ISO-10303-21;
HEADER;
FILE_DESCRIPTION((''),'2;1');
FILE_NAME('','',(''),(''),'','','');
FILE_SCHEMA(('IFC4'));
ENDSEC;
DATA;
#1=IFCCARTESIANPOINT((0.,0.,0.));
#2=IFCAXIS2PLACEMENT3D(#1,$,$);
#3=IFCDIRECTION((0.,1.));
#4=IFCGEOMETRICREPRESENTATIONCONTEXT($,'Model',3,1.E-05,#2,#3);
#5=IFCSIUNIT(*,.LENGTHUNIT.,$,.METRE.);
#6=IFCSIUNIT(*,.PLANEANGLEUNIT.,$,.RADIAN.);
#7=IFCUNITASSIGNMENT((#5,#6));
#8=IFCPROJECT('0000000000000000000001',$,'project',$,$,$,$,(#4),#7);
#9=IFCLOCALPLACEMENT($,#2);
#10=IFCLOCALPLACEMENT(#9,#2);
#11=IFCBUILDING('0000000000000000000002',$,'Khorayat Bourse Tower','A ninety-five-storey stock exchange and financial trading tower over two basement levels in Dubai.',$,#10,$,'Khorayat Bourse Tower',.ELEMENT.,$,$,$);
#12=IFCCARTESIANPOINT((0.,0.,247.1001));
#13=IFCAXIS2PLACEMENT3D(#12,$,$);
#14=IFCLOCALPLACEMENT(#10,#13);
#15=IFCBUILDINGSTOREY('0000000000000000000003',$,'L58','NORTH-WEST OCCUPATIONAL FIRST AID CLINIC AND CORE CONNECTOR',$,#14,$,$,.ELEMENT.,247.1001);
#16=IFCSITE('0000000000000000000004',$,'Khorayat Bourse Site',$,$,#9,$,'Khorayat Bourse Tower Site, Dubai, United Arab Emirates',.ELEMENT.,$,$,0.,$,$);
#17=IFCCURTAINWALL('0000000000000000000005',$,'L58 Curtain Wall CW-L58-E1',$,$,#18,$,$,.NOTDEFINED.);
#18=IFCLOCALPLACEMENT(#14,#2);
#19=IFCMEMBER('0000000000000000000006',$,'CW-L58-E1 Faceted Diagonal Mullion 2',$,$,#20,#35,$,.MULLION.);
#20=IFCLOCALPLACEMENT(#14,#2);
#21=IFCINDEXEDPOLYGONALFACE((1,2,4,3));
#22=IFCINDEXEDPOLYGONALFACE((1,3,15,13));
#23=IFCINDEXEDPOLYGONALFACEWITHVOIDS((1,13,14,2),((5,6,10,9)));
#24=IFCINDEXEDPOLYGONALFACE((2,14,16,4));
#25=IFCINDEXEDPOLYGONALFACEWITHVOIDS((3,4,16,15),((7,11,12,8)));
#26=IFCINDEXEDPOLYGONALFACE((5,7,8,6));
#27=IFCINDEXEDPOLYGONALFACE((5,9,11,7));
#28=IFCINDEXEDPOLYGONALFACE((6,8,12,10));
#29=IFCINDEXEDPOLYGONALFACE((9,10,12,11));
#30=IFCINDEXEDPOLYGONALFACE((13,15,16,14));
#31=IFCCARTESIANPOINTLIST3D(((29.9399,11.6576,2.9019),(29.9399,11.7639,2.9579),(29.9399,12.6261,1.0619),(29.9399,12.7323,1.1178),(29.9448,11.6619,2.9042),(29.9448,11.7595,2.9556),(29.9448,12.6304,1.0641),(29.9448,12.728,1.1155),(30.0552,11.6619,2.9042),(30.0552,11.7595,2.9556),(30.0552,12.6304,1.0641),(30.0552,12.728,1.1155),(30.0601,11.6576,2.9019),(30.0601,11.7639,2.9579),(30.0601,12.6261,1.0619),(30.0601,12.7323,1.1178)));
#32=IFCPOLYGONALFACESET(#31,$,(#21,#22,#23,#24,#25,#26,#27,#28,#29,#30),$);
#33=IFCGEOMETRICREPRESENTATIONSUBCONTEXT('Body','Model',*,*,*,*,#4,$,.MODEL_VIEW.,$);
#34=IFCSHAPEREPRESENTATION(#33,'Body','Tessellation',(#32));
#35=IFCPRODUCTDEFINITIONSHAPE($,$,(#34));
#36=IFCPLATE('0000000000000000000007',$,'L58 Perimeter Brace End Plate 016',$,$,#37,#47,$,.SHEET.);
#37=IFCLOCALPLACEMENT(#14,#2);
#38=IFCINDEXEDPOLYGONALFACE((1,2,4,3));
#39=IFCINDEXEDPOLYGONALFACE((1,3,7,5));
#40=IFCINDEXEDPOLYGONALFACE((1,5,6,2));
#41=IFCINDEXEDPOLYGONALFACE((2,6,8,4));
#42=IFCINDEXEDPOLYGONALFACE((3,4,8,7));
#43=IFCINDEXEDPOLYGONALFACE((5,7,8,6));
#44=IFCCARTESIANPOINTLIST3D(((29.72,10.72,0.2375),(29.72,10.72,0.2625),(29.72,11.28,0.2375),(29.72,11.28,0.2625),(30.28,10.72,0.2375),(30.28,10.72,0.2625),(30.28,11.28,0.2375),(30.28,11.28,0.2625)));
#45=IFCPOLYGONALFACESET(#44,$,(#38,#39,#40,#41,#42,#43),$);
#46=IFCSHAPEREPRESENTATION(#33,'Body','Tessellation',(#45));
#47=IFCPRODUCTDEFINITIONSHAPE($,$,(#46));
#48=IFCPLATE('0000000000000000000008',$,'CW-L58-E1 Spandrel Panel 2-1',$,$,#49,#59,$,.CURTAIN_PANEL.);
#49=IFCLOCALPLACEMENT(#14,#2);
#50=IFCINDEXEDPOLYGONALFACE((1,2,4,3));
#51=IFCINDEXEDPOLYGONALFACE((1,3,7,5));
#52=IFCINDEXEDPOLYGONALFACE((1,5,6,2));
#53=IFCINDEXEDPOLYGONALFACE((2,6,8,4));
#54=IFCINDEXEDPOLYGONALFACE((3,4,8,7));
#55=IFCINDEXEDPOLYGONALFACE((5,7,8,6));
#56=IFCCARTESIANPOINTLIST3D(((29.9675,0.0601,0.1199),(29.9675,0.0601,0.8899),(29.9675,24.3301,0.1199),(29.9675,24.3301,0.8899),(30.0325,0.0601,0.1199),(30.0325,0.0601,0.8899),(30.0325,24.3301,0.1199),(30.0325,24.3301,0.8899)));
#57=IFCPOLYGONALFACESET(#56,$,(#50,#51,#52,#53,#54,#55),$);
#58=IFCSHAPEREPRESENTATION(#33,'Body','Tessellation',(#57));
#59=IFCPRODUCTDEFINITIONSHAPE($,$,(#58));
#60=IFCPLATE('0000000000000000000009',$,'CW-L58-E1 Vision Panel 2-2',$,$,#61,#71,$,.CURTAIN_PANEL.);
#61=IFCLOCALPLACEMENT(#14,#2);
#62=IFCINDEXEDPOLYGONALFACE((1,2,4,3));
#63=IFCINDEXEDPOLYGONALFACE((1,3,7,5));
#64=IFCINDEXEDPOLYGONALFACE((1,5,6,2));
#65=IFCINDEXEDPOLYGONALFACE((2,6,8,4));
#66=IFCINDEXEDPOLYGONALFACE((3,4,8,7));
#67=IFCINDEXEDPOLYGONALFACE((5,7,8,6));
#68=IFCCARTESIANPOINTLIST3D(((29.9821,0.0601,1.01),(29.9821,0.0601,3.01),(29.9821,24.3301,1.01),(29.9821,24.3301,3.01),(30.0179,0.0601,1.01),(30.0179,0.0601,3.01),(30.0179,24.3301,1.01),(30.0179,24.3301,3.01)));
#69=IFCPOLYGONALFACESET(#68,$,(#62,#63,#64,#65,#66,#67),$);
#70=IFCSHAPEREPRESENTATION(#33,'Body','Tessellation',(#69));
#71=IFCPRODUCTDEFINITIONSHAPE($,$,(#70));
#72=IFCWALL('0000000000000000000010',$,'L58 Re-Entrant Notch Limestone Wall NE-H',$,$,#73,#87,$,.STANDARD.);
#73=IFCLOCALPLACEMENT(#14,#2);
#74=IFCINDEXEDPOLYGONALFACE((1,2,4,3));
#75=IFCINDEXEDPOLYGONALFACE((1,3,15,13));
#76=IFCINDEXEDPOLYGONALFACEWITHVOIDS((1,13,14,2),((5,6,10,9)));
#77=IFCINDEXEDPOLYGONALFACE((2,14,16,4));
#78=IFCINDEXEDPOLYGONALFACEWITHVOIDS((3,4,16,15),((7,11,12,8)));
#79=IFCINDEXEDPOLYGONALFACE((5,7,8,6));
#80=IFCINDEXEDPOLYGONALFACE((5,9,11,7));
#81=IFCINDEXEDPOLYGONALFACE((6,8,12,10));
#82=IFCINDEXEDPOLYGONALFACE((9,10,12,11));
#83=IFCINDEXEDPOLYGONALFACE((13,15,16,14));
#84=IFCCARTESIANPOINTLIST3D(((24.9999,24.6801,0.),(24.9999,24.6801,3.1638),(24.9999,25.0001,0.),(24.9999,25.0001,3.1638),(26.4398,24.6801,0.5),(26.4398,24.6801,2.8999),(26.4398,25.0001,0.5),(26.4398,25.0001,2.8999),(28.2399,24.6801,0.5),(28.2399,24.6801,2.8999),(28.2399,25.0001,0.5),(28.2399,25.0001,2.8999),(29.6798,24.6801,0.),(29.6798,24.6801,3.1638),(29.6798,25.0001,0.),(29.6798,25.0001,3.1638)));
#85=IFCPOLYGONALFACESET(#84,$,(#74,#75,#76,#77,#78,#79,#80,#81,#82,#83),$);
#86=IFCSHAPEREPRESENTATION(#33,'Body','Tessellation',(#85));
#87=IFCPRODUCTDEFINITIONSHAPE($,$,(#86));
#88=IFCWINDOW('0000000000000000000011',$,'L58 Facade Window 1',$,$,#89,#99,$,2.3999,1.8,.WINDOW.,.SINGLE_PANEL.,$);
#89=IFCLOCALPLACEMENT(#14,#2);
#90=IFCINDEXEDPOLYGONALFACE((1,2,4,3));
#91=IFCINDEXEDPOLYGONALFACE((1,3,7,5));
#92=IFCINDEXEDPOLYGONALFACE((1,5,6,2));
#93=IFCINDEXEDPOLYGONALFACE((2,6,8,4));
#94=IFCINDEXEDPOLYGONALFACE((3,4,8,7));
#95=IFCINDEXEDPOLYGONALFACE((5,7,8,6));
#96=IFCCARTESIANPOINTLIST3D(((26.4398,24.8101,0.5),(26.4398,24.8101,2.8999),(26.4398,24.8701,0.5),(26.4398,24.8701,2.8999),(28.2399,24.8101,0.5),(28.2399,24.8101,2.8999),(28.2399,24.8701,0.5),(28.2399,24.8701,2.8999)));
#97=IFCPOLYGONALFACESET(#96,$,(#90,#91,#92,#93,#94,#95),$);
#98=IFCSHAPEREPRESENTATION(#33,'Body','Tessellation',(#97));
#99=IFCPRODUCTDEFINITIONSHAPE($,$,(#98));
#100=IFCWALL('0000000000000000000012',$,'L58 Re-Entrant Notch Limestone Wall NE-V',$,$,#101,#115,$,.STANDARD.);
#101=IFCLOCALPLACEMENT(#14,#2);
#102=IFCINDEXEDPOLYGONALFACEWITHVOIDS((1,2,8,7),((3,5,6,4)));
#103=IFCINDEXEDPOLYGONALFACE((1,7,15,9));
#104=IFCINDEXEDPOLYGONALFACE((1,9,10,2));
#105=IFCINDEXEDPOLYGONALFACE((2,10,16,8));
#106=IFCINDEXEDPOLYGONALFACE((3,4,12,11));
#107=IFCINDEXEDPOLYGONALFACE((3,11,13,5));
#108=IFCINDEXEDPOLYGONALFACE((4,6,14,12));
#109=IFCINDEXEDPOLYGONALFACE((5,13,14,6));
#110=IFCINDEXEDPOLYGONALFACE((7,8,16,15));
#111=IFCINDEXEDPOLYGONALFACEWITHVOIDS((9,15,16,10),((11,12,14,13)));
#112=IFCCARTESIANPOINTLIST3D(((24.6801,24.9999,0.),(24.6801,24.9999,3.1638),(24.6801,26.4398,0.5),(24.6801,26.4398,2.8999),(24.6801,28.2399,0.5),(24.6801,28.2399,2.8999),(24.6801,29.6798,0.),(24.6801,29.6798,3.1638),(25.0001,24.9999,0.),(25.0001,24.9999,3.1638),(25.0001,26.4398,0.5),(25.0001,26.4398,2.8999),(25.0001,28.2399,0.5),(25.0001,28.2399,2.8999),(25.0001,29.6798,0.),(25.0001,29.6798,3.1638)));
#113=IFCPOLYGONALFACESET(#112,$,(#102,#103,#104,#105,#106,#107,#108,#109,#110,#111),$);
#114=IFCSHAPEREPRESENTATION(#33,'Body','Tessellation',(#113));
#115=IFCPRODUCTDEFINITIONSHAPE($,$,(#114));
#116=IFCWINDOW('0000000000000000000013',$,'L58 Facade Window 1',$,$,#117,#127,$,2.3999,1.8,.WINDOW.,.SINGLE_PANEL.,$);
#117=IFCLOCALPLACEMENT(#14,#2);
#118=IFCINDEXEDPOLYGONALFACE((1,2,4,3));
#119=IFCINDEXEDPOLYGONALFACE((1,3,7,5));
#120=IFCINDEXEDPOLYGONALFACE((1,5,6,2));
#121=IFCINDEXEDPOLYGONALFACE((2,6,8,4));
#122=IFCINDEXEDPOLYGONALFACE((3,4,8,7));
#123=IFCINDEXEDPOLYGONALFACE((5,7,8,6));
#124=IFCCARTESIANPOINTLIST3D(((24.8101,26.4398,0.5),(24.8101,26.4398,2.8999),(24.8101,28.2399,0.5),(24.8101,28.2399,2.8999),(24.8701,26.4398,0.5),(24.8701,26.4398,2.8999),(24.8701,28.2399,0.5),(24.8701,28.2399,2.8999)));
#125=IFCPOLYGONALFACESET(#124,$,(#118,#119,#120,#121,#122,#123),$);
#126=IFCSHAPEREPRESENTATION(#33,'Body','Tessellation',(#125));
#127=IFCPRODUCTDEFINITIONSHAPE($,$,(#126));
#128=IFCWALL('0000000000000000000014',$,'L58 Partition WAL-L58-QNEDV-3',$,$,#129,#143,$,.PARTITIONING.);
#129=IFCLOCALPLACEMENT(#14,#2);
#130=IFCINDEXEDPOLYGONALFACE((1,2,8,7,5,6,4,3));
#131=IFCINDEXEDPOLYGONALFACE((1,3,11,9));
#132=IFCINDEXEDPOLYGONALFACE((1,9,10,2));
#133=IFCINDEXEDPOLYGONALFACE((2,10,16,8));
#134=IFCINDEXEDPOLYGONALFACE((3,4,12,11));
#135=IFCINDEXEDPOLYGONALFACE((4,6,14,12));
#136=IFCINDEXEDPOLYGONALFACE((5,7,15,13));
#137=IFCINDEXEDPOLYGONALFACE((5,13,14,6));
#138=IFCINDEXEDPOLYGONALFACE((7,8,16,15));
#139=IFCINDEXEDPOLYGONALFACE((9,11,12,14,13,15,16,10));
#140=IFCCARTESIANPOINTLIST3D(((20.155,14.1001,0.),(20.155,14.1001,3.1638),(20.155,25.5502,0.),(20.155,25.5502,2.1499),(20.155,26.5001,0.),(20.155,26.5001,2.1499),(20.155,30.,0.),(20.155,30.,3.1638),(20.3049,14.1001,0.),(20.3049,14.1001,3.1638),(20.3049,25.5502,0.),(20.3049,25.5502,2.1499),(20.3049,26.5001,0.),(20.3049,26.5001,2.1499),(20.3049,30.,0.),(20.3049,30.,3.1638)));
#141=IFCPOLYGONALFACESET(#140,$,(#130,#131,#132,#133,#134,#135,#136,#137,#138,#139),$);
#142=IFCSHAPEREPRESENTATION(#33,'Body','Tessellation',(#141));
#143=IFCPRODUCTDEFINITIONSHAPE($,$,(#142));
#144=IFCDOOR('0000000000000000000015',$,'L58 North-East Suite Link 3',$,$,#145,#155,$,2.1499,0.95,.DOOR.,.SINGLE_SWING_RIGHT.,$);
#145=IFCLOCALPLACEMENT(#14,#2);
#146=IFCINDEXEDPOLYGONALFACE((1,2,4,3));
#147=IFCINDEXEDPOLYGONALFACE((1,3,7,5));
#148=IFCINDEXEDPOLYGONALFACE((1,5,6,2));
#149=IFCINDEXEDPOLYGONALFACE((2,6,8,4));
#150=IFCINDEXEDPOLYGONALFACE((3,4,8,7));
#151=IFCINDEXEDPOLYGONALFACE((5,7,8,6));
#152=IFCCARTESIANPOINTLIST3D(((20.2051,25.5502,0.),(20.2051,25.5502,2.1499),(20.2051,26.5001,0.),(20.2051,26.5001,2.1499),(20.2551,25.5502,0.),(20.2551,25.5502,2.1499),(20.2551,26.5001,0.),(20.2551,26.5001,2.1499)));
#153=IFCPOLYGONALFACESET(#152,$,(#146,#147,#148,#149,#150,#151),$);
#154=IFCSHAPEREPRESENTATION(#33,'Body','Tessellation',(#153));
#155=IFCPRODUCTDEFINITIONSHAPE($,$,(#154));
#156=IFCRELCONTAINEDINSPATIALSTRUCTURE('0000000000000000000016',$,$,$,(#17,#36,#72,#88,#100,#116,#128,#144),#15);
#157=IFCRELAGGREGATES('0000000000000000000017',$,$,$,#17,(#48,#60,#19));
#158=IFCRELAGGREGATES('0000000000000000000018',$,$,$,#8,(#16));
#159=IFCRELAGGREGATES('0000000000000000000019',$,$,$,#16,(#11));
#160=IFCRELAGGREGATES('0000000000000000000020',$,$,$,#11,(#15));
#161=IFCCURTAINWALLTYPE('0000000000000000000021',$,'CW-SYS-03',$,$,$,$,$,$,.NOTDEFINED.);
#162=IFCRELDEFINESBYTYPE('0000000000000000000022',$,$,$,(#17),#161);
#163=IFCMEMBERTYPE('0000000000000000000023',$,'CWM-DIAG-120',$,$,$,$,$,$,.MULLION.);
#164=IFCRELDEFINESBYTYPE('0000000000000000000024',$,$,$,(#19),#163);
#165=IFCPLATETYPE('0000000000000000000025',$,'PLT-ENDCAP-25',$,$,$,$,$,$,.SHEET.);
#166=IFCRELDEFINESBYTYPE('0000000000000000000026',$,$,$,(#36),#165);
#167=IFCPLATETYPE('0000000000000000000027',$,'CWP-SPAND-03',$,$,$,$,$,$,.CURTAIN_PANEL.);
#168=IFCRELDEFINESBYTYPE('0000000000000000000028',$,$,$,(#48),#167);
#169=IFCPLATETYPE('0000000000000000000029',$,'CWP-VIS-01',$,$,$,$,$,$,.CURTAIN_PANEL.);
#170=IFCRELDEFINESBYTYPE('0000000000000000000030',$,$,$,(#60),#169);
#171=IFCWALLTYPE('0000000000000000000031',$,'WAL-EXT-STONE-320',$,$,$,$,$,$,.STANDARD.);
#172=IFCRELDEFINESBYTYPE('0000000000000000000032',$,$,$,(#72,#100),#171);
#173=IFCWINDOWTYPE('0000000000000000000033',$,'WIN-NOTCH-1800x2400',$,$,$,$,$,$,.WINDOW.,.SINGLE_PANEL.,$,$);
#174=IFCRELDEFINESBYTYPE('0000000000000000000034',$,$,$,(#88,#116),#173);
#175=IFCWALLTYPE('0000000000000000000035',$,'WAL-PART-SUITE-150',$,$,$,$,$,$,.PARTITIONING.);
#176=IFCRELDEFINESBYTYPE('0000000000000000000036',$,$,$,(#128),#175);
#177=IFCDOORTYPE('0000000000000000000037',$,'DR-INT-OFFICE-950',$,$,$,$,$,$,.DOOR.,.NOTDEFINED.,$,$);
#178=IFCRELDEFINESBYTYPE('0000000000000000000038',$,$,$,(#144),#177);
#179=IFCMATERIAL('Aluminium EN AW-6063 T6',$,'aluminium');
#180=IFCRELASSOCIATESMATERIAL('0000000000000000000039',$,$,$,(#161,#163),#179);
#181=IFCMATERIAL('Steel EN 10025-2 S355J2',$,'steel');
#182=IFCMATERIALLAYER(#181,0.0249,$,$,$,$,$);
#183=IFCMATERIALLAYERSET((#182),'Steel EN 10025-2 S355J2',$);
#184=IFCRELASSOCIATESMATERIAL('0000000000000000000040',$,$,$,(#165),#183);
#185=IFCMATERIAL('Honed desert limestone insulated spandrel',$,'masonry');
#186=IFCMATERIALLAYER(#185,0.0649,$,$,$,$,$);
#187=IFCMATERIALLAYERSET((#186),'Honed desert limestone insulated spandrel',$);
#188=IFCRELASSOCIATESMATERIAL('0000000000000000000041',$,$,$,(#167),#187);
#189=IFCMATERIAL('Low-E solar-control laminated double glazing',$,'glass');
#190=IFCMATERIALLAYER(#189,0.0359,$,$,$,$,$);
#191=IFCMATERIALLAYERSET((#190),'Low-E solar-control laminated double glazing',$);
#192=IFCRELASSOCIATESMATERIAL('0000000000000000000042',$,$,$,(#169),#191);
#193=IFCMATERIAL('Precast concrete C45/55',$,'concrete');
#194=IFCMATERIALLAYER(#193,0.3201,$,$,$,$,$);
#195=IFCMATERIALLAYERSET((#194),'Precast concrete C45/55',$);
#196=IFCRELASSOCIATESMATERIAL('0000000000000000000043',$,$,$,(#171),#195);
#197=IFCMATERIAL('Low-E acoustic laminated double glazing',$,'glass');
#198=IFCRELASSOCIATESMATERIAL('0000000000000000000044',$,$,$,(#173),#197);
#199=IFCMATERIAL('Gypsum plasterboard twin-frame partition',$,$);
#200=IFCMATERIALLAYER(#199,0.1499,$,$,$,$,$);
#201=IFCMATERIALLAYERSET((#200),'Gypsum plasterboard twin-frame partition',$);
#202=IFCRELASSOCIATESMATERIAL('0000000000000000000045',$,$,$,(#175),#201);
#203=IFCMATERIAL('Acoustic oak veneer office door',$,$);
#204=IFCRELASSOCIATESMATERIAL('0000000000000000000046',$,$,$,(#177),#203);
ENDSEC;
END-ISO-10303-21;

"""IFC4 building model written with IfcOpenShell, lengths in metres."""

from ifc_helpers import new_model, si_unit, direction, frame, frame_2d, origin, origin_2d, place, context, subcontext, project, spatial, rectangle, hollow_rectangle, extrude, source, transform, mapped, material, layer, layer_set, material_profile, profile_set, type_object, element, fill, aggregate, save


model = new_model("IFC4")

# Units and contexts
model_context = context("Model", 3, precision=1e-05, world=origin(), true_north=direction((0.0, 1.0)))
body_context = subcontext(model_context, "Body", "Model", "MODEL_VIEW")
ifc_project = project(units=[si_unit("LENGTHUNIT", "METRE"), si_unit("PLANEANGLEUNIT", "RADIAN")], contexts=[model_context])

# Site, building, storey
site_placement = place(None, origin())
site = spatial("IfcSite", under=ifc_project, at=site_placement, Name="Khorayat Bourse Site", LongName="Khorayat Bourse Tower Site, Dubai, United Arab Emirates", CompositionType="ELEMENT", RefElevation=0.0)
building_placement = place(site_placement, origin())
building = spatial("IfcBuilding", under=site, at=building_placement, Name="Khorayat Bourse Tower", Description="A ninety-five-storey stock exchange and financial trading tower over two basement levels in Dubai.", LongName="Khorayat Bourse Tower", CompositionType="ELEMENT")
storey_placement = place(building_placement, frame((0.0, 0.0, 247.1001)))
storey = spatial("IfcBuildingStorey", under=building, at=storey_placement, Name="L58", Description="NORTH-WEST OCCUPATIONAL FIRST AID CLINIC AND CORE CONNECTOR", CompositionType="ELEMENT", Elevation=247.1001)

# Shared definitions
ifc_material_1 = material(Name="Aluminium EN AW-6063 T6", Category="aluminium")
curtain_wall_type = type_object("IfcCurtainWallType", Name="CW-SYS-03", PredefinedType="NOTDEFINED", material=ifc_material_1)

# Curtain wall, member
curtain_wall_1_placement = place(storey_placement, origin())
curtain_wall_1 = element("IfcCurtainWall", 1, at=curtain_wall_1_placement, inside=storey, type_object=curtain_wall_type, Name="L58 Curtain Wall CW-L58-E1", PredefinedType="NOTDEFINED")
ifc_material_profile_1 = material_profile(ifc_material_1, hollow_rectangle(XDim=0.1201, YDim=0.1201, WallThickness=0.0049, at=origin_2d()), Name="ALU 120x120x5")
ifc_profile_set_1 = profile_set([ifc_material_profile_1], Name="Aluminium EN AW-6063 T6")
member_type_1 = type_object("IfcMemberType", Name="CWM-DIAG-120", PredefinedType="MULLION", material=ifc_profile_set_1)
shared_shape_1 = source(origin(), body_context, "Body", "SweptSolid", [
    extrude(hollow_rectangle(XDim=0.1201, YDim=0.1201, WallThickness=0.0049, at=origin_2d()), origin(), (0.0, 0.0, 1.0), 2.0793),
])
member_1_placement = place(storey_placement, frame((30.0, 12.6792, 1.0898), z_axis=(0.0, -0.465761, 0.884911), x_axis=(1.0, 0.0, 0.0)))
member_1 = element("IfcMember", 2, at=member_1_placement, type_object=member_type_1, Name="CW-L58-E1 Faceted Diagonal Mullion 2", PredefinedType="MULLION", context=body_context, shape_type="MappedRepresentation", body=[
    mapped(shared_shape_1, transform((0.0, 0.0, 0.0), scale=1.0)),
])

# Plates
ifc_material_2 = material(Name="Steel EN 10025-2 S355J2", Category="steel")
ifc_layer_1 = layer(ifc_material_2, 0.0249)
ifc_layer_set_1 = layer_set([ifc_layer_1], Name="Steel EN 10025-2 S355J2")
plate_type_1 = type_object("IfcPlateType", Name="PLT-ENDCAP-25", PredefinedType="SHEET", material=ifc_layer_set_1)
shared_shape_2 = source(origin(), body_context, "Body", "SweptSolid", [
    extrude(rectangle(XDim=0.5601, YDim=0.5601, at=origin_2d()), origin(), (0.0, 0.0, 1.0), 0.0249),
])
plate_1_placement = place(storey_placement, frame((30.0, 11.0, 0.2375), z_axis=(0.0, 0.0, 1.0), x_axis=(1.0, 0.0, 0.0)))
element("IfcPlate", 3, at=plate_1_placement, inside=storey, type_object=plate_type_1, Name="L58 Perimeter Brace End Plate 016", PredefinedType="SHEET", context=body_context, shape_type="MappedRepresentation", body=[
    mapped(shared_shape_2, transform((0.0, 0.0, 0.0), scale=1.0)),
])
ifc_material_3 = material(Name="Honed desert limestone insulated spandrel", Category="masonry")
ifc_layer_2 = layer(ifc_material_3, 0.0649)
ifc_layer_set_2 = layer_set([ifc_layer_2], Name="Honed desert limestone insulated spandrel")
plate_type_2 = type_object("IfcPlateType", Name="CWP-SPAND-03", PredefinedType="CURTAIN_PANEL", material=ifc_layer_set_2)
shared_shape_3 = source(origin(), body_context, "Body", "SweptSolid", [
    extrude(rectangle(XDim=24.27, YDim=0.0649, at=origin_2d()), origin(), (0.0, 0.0, 1.0), 0.77),
])
plate_2_placement = place(storey_placement, frame((30.0, 12.1951, 0.1199), z_axis=(0.0, 0.0, 1.0), x_axis=(0.0, 1.0, 0.0)))
plate_2 = element("IfcPlate", 4, at=plate_2_placement, type_object=plate_type_2, Name="CW-L58-E1 Spandrel Panel 2-1", PredefinedType="CURTAIN_PANEL", context=body_context, shape_type="MappedRepresentation", body=[
    mapped(shared_shape_3, transform((0.0, 0.0, 0.0), scale=1.0)),
])
ifc_material_4 = material(Name="Low-E solar-control laminated double glazing", Category="glass")
ifc_layer_3 = layer(ifc_material_4, 0.0359)
ifc_layer_set_3 = layer_set([ifc_layer_3], Name="Low-E solar-control laminated double glazing")
plate_type_3 = type_object("IfcPlateType", Name="CWP-VIS-01", PredefinedType="CURTAIN_PANEL", material=ifc_layer_set_3)
shared_shape_4 = source(origin(), body_context, "Body", "SweptSolid", [
    extrude(rectangle(XDim=24.27, YDim=0.0359, at=origin_2d()), origin(), (0.0, 0.0, 1.0), 2.0),
])
plate_3_placement = place(storey_placement, frame((30.0, 12.1951, 1.01), z_axis=(0.0, 0.0, 1.0), x_axis=(0.0, 1.0, 0.0)))
plate_3 = element("IfcPlate", 5, at=plate_3_placement, type_object=plate_type_3, Name="CW-L58-E1 Vision Panel 2-2", PredefinedType="CURTAIN_PANEL", context=body_context, shape_type="MappedRepresentation", body=[
    mapped(shared_shape_4, transform((0.0, 0.0, 0.0), scale=1.0)),
])
aggregate(curtain_wall_1, [plate_2, plate_3, member_1])

# Walls, openings, windows
ifc_material_5 = material(Name="Precast concrete C45/55", Category="concrete")
ifc_layer_4 = layer(ifc_material_5, 0.3201)
ifc_layer_set_4 = layer_set([ifc_layer_4], Name="Precast concrete C45/55")
wall_type_1 = type_object("IfcWallType", Name="WAL-EXT-STONE-320", PredefinedType="STANDARD", material=ifc_layer_set_4)
shared_shape_5 = source(origin(), body_context, "Body", "SweptSolid", [
    extrude(rectangle(XDim=4.6799, YDim=0.3201, at=frame_2d((2.3398, 0.0))), origin(), (0.0, 0.0, 1.0), 3.1638),
])
wall_1_placement = place(storey_placement, frame((25.0, 24.8401, 0.0), z_axis=(0.0, 0.0, 1.0), x_axis=(1.0, 0.0, 0.0)))
wall_1 = element("IfcWall", 6, at=wall_1_placement, inside=storey, type_object=wall_type_1, Name="L58 Re-Entrant Notch Limestone Wall NE-H", PredefinedType="STANDARD", context=body_context, shape_type="MappedRepresentation", body=[
    mapped(shared_shape_5, transform((0.0, 0.0, 0.0), scale=1.0)),
])
shared_shape_6 = source(origin(), body_context, "Body", "SweptSolid", [
    extrude(rectangle(XDim=1.8, YDim=2.3999, at=frame_2d((0.8999, 1.2))), frame((0.0, 0.1699, 0.0), z_axis=(0.0, -1.0, 0.0), x_axis=(1.0, 0.0, 0.0)), (0.0, 0.0, 1.0), 0.3401),
])
opening_1_placement = place(wall_1_placement, frame((1.4399, 0.0, 0.5)))
opening_1 = element("IfcOpeningElement", 7, at=opening_1_placement, cuts=wall_1, PredefinedType="OPENING", context=body_context, shape_type="MappedRepresentation", body=[
    mapped(shared_shape_6, transform((0.0, 0.0, 0.0), scale=1.0)),
])
ifc_material_6 = material(Name="Low-E acoustic laminated double glazing", Category="glass")
window_type = type_object("IfcWindowType", Name="WIN-NOTCH-1800x2400", PartitioningType="SINGLE_PANEL", PredefinedType="WINDOW", material=ifc_material_6)
shared_shape_7 = source(origin(), body_context, "Body", "SweptSolid", [
    extrude(rectangle(XDim=1.8, YDim=2.3999, at=frame_2d((0.8999, 1.2))), frame((0.0, 0.03, 0.0), z_axis=(0.0, -1.0, 0.0), x_axis=(1.0, 0.0, 0.0)), (0.0, 0.0, 1.0), 0.0601),
])
window_1_placement = place(opening_1_placement, origin())
window_1 = element("IfcWindow", 8, at=window_1_placement, inside=storey, type_object=window_type, Name="L58 Facade Window 1", OverallHeight=2.3999, OverallWidth=1.8, PartitioningType="SINGLE_PANEL", PredefinedType="WINDOW", context=body_context, shape_type="MappedRepresentation", body=[
    mapped(shared_shape_7, transform((0.0, 0.0, 0.0), scale=1.0)),
])
fill(opening_1, window_1)
wall_2_placement = place(storey_placement, frame((24.8401, 25.0, 0.0), z_axis=(0.0, 0.0, 1.0), x_axis=(0.0, 1.0, 0.0)))
wall_2 = element("IfcWall", 9, at=wall_2_placement, inside=storey, type_object=wall_type_1, Name="L58 Re-Entrant Notch Limestone Wall NE-V", PredefinedType="STANDARD", context=body_context, shape_type="MappedRepresentation", body=[
    mapped(shared_shape_5, transform((0.0, 0.0, 0.0), scale=1.0)),
])
opening_2_placement = place(wall_2_placement, frame((1.4399, 0.0, 0.5)))
opening_2 = element("IfcOpeningElement", 10, at=opening_2_placement, cuts=wall_2, PredefinedType="OPENING", context=body_context, shape_type="MappedRepresentation", body=[
    mapped(shared_shape_6, transform((0.0, 0.0, 0.0), scale=1.0)),
])
window_2_placement = place(opening_2_placement, origin())
window_2 = element("IfcWindow", 11, at=window_2_placement, inside=storey, type_object=window_type, Name="L58 Facade Window 1", OverallHeight=2.3999, OverallWidth=1.8, PartitioningType="SINGLE_PANEL", PredefinedType="WINDOW", context=body_context, shape_type="MappedRepresentation", body=[
    mapped(shared_shape_7, transform((0.0, 0.0, 0.0), scale=1.0)),
])
fill(opening_2, window_2)

# Wall, opening, door
ifc_material_7 = material(Name="Gypsum plasterboard twin-frame partition")
ifc_layer_5 = layer(ifc_material_7, 0.1499)
ifc_layer_set_5 = layer_set([ifc_layer_5], Name="Gypsum plasterboard twin-frame partition")
wall_type_2 = type_object("IfcWallType", Name="WAL-PART-SUITE-150", PredefinedType="PARTITIONING", material=ifc_layer_set_5)
shared_shape_8 = source(origin(), body_context, "Body", "SweptSolid", [
    extrude(rectangle(XDim=15.8999, YDim=0.1499, at=frame_2d((7.95, 0.0))), origin(), (0.0, 0.0, 1.0), 3.1638),
])
wall_3_placement = place(storey_placement, frame((20.23, 14.1001, 0.0), z_axis=(0.0, 0.0, 1.0), x_axis=(0.0, 1.0, 0.0)))
wall_3 = element("IfcWall", 12, at=wall_3_placement, inside=storey, type_object=wall_type_2, Name="L58 Partition WAL-L58-QNEDV-3", PredefinedType="PARTITIONING", context=body_context, shape_type="MappedRepresentation", body=[
    mapped(shared_shape_8, transform((0.0, 0.0, 0.0), scale=1.0)),
])
shared_shape_9 = source(origin(), body_context, "Body", "SweptSolid", [
    extrude(rectangle(XDim=0.95, YDim=2.1499, at=frame_2d((0.4751, 1.075))), frame((0.0, 0.085, 0.0), z_axis=(0.0, -1.0, 0.0), x_axis=(1.0, 0.0, 0.0)), (0.0, 0.0, 1.0), 0.1699),
])
opening_3_placement = place(wall_3_placement, frame((11.45, 0.0, 0.0)))
opening_3 = element("IfcOpeningElement", 13, at=opening_3_placement, cuts=wall_3, PredefinedType="OPENING", context=body_context, shape_type="MappedRepresentation", body=[
    mapped(shared_shape_9, transform((0.0, 0.0, 0.0), scale=1.0)),
])
ifc_material_8 = material(Name="Acoustic oak veneer office door")
door_type = type_object("IfcDoorType", Name="DR-INT-OFFICE-950", OperationType="NOTDEFINED", PredefinedType="DOOR", material=ifc_material_8)
shared_shape_10 = source(origin(), body_context, "Body", "SweptSolid", [
    extrude(rectangle(XDim=0.95, YDim=2.1499, at=frame_2d((0.4751, 1.075))), frame((0.0, 0.0249, 0.0), z_axis=(0.0, -1.0, 0.0), x_axis=(1.0, 0.0, 0.0)), (0.0, 0.0, 1.0), 0.05),
])
door_1_placement = place(opening_3_placement, origin())
door_1 = element("IfcDoor", 14, at=door_1_placement, inside=storey, type_object=door_type, Name="L58 North-East Suite Link 3", OperationType="SINGLE_SWING_RIGHT", OverallHeight=2.1499, OverallWidth=0.95, PredefinedType="DOOR", context=body_context, shape_type="MappedRepresentation", body=[
    mapped(shared_shape_10, transform((0.0, 0.0, 0.0), scale=1.0)),
])
fill(opening_3, door_1)

save(model, "model.ifc")
